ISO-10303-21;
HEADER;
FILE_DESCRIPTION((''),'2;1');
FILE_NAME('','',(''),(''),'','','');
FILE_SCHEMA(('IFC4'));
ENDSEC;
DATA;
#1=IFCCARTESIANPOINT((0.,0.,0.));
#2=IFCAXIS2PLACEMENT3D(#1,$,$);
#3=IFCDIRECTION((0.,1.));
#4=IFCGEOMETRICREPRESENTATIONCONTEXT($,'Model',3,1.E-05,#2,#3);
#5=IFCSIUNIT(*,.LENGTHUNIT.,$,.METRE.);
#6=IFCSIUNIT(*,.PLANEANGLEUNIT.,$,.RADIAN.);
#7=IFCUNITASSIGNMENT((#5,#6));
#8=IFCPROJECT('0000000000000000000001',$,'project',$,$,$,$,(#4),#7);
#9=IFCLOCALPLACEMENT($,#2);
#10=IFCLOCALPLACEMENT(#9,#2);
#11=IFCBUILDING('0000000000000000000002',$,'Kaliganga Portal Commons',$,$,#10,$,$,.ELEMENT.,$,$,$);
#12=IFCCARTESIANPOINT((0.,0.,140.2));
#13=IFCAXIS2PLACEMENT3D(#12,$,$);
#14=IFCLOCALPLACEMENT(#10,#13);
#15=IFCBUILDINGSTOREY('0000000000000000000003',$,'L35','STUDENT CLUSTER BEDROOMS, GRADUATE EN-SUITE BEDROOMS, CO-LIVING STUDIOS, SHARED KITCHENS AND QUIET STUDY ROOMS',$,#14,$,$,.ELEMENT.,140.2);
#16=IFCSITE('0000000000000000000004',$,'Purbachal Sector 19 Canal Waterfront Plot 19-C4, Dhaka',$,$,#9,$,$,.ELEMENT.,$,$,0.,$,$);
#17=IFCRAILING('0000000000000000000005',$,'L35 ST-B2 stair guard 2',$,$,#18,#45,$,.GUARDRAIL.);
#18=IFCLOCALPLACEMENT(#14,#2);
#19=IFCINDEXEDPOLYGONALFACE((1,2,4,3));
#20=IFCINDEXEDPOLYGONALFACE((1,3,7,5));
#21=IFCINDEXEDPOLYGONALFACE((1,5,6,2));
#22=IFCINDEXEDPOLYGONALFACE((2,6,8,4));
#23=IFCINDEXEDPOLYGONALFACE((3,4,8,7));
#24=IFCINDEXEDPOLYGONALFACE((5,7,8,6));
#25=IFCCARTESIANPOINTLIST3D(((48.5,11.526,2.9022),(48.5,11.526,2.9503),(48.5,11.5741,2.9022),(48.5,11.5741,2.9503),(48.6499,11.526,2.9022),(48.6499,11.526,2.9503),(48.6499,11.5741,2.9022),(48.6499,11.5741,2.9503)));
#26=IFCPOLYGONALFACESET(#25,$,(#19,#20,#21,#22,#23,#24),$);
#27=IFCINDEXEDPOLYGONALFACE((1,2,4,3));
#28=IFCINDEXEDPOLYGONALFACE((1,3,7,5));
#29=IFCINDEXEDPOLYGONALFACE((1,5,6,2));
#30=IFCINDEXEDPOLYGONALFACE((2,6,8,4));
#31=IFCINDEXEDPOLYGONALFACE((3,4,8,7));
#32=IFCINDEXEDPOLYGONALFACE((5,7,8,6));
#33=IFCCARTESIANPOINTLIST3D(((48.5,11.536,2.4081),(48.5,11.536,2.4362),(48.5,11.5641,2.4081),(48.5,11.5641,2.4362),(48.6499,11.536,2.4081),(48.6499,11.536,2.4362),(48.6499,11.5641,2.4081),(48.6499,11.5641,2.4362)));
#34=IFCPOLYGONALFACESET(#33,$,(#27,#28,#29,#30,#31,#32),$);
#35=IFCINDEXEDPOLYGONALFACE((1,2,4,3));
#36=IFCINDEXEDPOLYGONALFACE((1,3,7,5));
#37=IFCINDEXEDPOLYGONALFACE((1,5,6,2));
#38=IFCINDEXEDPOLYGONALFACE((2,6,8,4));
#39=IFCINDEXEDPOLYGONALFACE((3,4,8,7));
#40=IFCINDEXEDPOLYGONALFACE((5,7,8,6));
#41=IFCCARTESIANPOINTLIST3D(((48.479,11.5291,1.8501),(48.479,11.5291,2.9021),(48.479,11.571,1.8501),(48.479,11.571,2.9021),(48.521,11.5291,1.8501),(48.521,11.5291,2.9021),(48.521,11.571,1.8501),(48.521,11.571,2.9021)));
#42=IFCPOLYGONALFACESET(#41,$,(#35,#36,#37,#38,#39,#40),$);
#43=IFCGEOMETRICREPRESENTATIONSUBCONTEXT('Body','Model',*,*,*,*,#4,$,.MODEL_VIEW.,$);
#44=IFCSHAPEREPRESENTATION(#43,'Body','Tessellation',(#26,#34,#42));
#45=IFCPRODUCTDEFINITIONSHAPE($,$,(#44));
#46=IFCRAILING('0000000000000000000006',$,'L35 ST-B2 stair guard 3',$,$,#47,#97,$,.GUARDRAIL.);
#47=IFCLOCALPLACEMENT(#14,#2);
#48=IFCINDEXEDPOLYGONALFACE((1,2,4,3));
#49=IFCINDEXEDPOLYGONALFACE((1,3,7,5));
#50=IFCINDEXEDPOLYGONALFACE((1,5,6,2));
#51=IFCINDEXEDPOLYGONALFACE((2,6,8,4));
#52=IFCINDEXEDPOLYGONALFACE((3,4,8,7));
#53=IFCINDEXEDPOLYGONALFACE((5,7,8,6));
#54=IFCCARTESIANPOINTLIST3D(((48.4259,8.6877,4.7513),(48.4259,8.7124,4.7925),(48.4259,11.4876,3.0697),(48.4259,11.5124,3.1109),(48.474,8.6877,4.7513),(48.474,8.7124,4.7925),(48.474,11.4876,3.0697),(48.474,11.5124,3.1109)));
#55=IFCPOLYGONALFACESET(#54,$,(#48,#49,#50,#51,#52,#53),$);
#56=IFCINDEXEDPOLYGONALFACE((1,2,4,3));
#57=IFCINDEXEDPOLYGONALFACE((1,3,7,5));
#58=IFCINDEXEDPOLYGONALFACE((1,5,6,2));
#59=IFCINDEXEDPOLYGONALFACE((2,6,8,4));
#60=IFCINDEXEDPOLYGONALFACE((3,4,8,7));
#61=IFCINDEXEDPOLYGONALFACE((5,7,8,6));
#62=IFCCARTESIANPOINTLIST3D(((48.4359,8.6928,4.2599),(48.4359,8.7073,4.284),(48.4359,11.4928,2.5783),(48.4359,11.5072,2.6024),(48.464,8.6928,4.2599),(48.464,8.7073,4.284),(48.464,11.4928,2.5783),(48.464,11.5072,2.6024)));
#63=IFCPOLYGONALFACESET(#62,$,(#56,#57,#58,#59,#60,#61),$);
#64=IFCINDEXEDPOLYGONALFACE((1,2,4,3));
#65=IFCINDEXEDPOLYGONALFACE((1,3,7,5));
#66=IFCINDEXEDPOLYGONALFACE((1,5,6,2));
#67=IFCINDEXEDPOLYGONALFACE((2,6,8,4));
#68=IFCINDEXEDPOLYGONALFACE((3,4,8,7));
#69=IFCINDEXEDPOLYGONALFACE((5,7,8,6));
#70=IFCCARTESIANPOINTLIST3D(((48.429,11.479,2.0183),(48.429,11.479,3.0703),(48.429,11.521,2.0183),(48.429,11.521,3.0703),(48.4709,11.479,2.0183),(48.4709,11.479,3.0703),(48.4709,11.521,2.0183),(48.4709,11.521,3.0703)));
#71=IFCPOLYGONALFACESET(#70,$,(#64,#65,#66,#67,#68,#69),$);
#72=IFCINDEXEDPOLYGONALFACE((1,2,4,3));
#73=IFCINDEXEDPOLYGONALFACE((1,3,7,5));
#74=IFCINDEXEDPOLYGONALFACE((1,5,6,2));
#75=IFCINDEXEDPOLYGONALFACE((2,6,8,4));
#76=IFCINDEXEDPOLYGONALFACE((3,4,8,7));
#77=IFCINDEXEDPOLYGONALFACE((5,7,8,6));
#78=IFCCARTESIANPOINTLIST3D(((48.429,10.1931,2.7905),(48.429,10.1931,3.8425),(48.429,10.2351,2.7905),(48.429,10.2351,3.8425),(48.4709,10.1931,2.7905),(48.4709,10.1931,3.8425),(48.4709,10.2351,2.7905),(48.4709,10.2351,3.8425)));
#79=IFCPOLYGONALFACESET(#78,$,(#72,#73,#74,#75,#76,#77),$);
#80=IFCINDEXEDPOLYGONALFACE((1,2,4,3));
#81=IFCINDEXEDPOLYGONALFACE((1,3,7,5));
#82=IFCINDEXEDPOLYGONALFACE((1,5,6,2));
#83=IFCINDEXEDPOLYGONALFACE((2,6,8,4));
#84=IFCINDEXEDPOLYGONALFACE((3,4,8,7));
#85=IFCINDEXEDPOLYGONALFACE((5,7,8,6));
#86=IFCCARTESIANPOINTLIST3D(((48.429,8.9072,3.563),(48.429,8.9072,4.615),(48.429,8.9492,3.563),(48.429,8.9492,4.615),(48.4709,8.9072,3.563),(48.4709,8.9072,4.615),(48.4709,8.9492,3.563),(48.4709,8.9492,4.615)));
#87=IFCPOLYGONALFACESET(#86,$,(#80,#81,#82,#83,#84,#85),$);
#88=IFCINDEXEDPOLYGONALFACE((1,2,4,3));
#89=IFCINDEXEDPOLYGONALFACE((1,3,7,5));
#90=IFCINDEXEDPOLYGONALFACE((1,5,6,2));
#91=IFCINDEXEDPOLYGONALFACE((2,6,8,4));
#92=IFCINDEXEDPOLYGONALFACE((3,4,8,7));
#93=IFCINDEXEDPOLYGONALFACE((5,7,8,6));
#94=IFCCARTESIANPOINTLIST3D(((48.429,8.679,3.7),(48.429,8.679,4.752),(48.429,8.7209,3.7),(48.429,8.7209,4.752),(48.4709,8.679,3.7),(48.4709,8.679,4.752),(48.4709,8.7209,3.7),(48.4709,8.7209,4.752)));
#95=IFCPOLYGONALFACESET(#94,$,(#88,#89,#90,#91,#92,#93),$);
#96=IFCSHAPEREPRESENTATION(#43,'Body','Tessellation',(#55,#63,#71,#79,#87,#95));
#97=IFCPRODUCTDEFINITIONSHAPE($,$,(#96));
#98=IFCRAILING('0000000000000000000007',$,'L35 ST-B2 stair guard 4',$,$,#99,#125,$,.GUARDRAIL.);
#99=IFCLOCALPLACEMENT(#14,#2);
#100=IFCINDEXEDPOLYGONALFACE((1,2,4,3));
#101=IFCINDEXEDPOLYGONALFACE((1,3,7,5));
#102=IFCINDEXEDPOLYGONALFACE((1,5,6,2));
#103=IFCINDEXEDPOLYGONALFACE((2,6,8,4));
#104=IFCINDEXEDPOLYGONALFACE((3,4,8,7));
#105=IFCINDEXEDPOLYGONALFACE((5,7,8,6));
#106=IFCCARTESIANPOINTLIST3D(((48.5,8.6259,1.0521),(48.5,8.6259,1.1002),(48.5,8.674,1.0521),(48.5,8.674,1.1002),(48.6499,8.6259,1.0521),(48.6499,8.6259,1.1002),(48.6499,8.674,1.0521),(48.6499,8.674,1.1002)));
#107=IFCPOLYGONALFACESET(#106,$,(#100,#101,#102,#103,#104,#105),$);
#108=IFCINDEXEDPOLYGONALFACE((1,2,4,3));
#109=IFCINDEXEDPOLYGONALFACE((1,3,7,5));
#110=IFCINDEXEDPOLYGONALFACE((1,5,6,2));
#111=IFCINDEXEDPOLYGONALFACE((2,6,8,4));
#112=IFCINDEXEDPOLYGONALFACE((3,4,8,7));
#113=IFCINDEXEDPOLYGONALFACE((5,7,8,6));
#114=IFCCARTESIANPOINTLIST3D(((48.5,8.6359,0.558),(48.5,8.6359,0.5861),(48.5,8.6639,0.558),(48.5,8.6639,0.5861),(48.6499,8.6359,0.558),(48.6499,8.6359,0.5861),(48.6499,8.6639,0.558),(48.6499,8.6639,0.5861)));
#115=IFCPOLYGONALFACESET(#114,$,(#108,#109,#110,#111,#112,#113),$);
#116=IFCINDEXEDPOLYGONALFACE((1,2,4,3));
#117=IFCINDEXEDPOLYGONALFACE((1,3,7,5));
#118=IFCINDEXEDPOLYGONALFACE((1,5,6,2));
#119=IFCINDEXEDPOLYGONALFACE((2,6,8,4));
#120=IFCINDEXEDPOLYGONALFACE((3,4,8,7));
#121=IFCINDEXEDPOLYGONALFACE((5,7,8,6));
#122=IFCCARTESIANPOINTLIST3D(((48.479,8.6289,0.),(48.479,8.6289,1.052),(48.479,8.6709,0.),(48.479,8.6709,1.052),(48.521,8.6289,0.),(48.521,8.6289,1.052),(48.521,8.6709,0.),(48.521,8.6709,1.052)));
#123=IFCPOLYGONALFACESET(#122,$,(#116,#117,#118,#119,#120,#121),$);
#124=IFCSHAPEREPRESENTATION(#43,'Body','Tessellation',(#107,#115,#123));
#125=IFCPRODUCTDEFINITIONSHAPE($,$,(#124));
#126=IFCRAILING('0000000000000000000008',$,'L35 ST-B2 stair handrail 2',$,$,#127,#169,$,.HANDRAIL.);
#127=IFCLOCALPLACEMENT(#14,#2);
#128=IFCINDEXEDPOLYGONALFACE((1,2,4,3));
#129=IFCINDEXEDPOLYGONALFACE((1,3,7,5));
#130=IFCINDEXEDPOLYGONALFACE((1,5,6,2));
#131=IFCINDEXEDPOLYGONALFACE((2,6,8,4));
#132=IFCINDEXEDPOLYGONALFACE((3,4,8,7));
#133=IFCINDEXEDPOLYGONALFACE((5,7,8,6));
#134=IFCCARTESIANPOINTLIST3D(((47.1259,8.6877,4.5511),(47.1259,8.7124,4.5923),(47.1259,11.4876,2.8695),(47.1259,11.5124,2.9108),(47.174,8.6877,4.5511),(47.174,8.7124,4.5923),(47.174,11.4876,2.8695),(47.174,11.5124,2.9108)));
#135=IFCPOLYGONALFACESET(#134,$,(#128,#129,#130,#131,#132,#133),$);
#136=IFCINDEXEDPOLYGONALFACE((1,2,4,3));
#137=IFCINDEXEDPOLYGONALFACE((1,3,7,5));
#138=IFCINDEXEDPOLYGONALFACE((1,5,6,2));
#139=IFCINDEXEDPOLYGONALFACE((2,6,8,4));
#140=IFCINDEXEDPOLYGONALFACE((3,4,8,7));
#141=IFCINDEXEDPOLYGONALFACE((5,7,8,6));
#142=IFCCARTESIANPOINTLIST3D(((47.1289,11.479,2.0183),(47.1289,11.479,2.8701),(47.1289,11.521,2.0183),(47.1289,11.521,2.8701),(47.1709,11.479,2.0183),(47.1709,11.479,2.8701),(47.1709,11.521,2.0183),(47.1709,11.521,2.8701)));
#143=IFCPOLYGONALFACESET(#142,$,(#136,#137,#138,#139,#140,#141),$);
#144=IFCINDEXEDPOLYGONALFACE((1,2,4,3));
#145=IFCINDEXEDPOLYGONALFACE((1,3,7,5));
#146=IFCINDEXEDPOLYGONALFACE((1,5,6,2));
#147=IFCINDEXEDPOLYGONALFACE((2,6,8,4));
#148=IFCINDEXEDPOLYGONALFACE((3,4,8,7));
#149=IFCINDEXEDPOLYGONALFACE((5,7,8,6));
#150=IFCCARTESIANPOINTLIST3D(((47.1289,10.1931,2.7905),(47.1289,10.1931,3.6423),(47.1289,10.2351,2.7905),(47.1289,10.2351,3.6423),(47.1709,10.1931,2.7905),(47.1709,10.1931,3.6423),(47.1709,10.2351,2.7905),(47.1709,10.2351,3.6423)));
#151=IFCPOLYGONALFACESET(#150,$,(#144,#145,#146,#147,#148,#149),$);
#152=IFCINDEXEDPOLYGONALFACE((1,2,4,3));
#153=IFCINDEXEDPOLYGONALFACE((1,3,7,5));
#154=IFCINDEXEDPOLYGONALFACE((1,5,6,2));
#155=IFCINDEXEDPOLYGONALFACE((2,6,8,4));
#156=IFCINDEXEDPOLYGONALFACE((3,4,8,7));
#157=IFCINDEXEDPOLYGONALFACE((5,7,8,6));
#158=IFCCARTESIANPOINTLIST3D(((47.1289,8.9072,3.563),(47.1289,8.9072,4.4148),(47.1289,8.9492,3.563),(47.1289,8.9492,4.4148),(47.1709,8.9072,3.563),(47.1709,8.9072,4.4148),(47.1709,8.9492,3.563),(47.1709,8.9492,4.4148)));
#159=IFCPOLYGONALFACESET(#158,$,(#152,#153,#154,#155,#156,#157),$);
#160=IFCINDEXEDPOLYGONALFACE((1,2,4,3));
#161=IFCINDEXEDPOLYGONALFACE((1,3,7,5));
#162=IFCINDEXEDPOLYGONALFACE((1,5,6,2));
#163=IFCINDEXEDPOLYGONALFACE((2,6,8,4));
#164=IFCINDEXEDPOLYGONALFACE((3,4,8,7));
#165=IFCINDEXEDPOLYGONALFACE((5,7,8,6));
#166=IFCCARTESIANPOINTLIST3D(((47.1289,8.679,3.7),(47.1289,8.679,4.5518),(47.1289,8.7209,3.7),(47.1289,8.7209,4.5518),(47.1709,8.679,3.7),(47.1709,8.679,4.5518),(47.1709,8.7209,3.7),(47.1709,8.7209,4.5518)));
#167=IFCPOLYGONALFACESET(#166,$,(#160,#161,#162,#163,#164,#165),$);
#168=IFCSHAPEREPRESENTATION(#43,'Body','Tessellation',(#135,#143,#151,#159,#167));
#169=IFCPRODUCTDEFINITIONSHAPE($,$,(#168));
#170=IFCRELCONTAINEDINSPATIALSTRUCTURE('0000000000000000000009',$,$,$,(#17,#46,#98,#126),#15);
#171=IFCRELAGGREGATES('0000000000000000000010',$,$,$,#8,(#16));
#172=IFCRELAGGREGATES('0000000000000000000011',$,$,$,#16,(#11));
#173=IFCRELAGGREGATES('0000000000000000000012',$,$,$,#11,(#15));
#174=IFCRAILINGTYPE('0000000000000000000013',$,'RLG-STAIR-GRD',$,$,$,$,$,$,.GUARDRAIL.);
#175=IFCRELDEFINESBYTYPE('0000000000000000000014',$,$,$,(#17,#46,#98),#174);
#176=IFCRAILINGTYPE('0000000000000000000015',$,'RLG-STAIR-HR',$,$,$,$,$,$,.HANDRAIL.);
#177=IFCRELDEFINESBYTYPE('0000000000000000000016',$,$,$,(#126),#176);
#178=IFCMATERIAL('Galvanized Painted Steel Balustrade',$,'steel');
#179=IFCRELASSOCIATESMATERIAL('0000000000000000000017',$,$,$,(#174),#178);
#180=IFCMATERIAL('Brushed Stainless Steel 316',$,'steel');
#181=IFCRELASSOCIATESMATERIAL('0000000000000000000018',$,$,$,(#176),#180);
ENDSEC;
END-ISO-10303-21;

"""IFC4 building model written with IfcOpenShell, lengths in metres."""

from ifc_helpers import new_model, si_unit, direction, frame, origin, origin_2d, place, context, subcontext, project, spatial, rectangle, extrude, material, type_object, element, save


model = new_model("IFC4")

# Units and contexts
model_context = context("Model", 3, precision=1e-05, world=origin(), true_north=direction((0.0, 1.0)))
body_context = subcontext(model_context, "Body", "Model", "MODEL_VIEW")
ifc_project = project(units=[si_unit("LENGTHUNIT", "METRE"), si_unit("PLANEANGLEUNIT", "RADIAN")], contexts=[model_context])

# Site, building, storey
site_placement = place(None, origin())
site = spatial("IfcSite", under=ifc_project, at=site_placement, Name="Purbachal Sector 19 Canal Waterfront Plot 19-C4, Dhaka", CompositionType="ELEMENT", RefElevation=0.0)
building_placement = place(site_placement, origin())
building = spatial("IfcBuilding", under=site, at=building_placement, Name="Kaliganga Portal Commons", CompositionType="ELEMENT")
storey_placement = place(building_placement, frame((0.0, 0.0, 140.2)))
storey = spatial("IfcBuildingStorey", under=building, at=storey_placement, Name="L35", Description="STUDENT CLUSTER BEDROOMS, GRADUATE EN-SUITE BEDROOMS, CO-LIVING STUDIOS, SHARED KITCHENS AND QUIET STUDY ROOMS", CompositionType="ELEMENT", Elevation=140.2)

# Railings
ifc_material_1 = material(Name="Galvanized Painted Steel Balustrade", Category="steel")
railing_type_1 = type_object("IfcRailingType", Name="RLG-STAIR-GRD", PredefinedType="GUARDRAIL", material=ifc_material_1)
railing_1_placement = place(storey_placement, frame((48.6499, 11.55, 1.8501)))
element("IfcRailing", 1, at=railing_1_placement, inside=storey, type_object=railing_type_1, Name="L35 ST-B2 stair guard 2", PredefinedType="GUARDRAIL", context=body_context, shape_type="SweptSolid", body=[
    extrude(rectangle(XDim=0.0481, YDim=0.0481, at=origin_2d()), frame((0.0, 0.0, 1.0762), z_axis=(-1.0, 0.0, 0.0), x_axis=(0.0, -1.0, 0.0)), (0.0, 0.0, 1.0), 0.1499),
    extrude(rectangle(XDim=0.0281, YDim=0.0281, at=origin_2d()), frame((0.0, 0.0, 0.572), z_axis=(-1.0, 0.0, 0.0), x_axis=(0.0, -1.0, 0.0)), (0.0, 0.0, 1.0), 0.1499),
    extrude(rectangle(XDim=0.042, YDim=0.042, at=origin_2d()), frame((-0.1499, 0.0, 0.0)), (0.0, 0.0, 1.0), 1.052),
])
railing_2_placement = place(storey_placement, frame((48.45, 11.5, 2.0183)))
element("IfcRailing", 2, at=railing_2_placement, inside=storey, type_object=railing_type_1, Name="L35 ST-B2 stair guard 3", PredefinedType="GUARDRAIL", context=body_context, shape_type="SweptSolid", body=[
    extrude(rectangle(XDim=0.0481, YDim=0.0481, at=origin_2d()), frame((0.0, 0.0, 1.072), z_axis=(0.0, -0.857275, 0.514858), x_axis=(1.0, 0.0, 0.0)), (0.0, 0.0, 1.0), 3.2661),
    extrude(rectangle(XDim=0.0281, YDim=0.0281, at=origin_2d()), frame((0.0, 0.0, 0.572), z_axis=(0.0, -0.857275, 0.514858), x_axis=(1.0, 0.0, 0.0)), (0.0, 0.0, 1.0), 3.2661),
    extrude(rectangle(XDim=0.042, YDim=0.042, at=origin_2d()), origin(), (0.0, 0.0, 1.0), 1.052),
    extrude(rectangle(XDim=0.042, YDim=0.042, at=origin_2d()), frame((0.0, -1.2859, 0.7722)), (0.0, 0.0, 1.0), 1.052),
    extrude(rectangle(XDim=0.042, YDim=0.042, at=origin_2d()), frame((0.0, -2.5718, 1.5447)), (0.0, 0.0, 1.0), 1.052),
    extrude(rectangle(XDim=0.042, YDim=0.042, at=origin_2d()), frame((0.0, -2.8, 1.6816)), (0.0, 0.0, 1.0), 1.052),
])
railing_3_placement = place(storey_placement, frame((48.6499, 8.6499, 0.0)))
element("IfcRailing", 3, at=railing_3_placement, inside=storey, type_object=railing_type_1, Name="L35 ST-B2 stair guard 4", PredefinedType="GUARDRAIL", context=body_context, shape_type="SweptSolid", body=[
    extrude(rectangle(XDim=0.0481, YDim=0.0481, at=origin_2d()), frame((0.0, 0.0, 1.0762), z_axis=(-1.0, 0.0, 0.0), x_axis=(0.0, -1.0, 0.0)), (0.0, 0.0, 1.0), 0.1499),
    extrude(rectangle(XDim=0.0281, YDim=0.0281, at=origin_2d()), frame((0.0, 0.0, 0.572), z_axis=(-1.0, 0.0, 0.0), x_axis=(0.0, -1.0, 0.0)), (0.0, 0.0, 1.0), 0.1499),
    extrude(rectangle(XDim=0.042, YDim=0.042, at=origin_2d()), frame((-0.1499, 0.0, 0.0)), (0.0, 0.0, 1.0), 1.052),
])
ifc_material_2 = material(Name="Brushed Stainless Steel 316", Category="steel")
railing_type_2 = type_object("IfcRailingType", Name="RLG-STAIR-HR", PredefinedType="HANDRAIL", material=ifc_material_2)
railing_4_placement = place(storey_placement, frame((47.1499, 11.5, 2.0183)))
element("IfcRailing", 4, at=railing_4_placement, inside=storey, type_object=railing_type_2, Name="L35 ST-B2 stair handrail 2", PredefinedType="HANDRAIL", context=body_context, shape_type="SweptSolid", body=[
    extrude(rectangle(XDim=0.0481, YDim=0.0481, at=origin_2d()), frame((0.0, 0.0, 0.8718), z_axis=(0.0, -0.857275, 0.514858), x_axis=(1.0, 0.0, 0.0)), (0.0, 0.0, 1.0), 3.2661),
    extrude(rectangle(XDim=0.042, YDim=0.042, at=origin_2d()), origin(), (0.0, 0.0, 1.0), 0.8518),
    extrude(rectangle(XDim=0.042, YDim=0.042, at=origin_2d()), frame((0.0, -1.2859, 0.7722)), (0.0, 0.0, 1.0), 0.8518),
    extrude(rectangle(XDim=0.042, YDim=0.042, at=origin_2d()), frame((0.0, -2.5718, 1.5447)), (0.0, 0.0, 1.0), 0.8518),
    extrude(rectangle(XDim=0.042, YDim=0.042, at=origin_2d()), frame((0.0, -2.8, 1.6816)), (0.0, 0.0, 1.0), 0.8518),
])

save(model, "model.ifc")
